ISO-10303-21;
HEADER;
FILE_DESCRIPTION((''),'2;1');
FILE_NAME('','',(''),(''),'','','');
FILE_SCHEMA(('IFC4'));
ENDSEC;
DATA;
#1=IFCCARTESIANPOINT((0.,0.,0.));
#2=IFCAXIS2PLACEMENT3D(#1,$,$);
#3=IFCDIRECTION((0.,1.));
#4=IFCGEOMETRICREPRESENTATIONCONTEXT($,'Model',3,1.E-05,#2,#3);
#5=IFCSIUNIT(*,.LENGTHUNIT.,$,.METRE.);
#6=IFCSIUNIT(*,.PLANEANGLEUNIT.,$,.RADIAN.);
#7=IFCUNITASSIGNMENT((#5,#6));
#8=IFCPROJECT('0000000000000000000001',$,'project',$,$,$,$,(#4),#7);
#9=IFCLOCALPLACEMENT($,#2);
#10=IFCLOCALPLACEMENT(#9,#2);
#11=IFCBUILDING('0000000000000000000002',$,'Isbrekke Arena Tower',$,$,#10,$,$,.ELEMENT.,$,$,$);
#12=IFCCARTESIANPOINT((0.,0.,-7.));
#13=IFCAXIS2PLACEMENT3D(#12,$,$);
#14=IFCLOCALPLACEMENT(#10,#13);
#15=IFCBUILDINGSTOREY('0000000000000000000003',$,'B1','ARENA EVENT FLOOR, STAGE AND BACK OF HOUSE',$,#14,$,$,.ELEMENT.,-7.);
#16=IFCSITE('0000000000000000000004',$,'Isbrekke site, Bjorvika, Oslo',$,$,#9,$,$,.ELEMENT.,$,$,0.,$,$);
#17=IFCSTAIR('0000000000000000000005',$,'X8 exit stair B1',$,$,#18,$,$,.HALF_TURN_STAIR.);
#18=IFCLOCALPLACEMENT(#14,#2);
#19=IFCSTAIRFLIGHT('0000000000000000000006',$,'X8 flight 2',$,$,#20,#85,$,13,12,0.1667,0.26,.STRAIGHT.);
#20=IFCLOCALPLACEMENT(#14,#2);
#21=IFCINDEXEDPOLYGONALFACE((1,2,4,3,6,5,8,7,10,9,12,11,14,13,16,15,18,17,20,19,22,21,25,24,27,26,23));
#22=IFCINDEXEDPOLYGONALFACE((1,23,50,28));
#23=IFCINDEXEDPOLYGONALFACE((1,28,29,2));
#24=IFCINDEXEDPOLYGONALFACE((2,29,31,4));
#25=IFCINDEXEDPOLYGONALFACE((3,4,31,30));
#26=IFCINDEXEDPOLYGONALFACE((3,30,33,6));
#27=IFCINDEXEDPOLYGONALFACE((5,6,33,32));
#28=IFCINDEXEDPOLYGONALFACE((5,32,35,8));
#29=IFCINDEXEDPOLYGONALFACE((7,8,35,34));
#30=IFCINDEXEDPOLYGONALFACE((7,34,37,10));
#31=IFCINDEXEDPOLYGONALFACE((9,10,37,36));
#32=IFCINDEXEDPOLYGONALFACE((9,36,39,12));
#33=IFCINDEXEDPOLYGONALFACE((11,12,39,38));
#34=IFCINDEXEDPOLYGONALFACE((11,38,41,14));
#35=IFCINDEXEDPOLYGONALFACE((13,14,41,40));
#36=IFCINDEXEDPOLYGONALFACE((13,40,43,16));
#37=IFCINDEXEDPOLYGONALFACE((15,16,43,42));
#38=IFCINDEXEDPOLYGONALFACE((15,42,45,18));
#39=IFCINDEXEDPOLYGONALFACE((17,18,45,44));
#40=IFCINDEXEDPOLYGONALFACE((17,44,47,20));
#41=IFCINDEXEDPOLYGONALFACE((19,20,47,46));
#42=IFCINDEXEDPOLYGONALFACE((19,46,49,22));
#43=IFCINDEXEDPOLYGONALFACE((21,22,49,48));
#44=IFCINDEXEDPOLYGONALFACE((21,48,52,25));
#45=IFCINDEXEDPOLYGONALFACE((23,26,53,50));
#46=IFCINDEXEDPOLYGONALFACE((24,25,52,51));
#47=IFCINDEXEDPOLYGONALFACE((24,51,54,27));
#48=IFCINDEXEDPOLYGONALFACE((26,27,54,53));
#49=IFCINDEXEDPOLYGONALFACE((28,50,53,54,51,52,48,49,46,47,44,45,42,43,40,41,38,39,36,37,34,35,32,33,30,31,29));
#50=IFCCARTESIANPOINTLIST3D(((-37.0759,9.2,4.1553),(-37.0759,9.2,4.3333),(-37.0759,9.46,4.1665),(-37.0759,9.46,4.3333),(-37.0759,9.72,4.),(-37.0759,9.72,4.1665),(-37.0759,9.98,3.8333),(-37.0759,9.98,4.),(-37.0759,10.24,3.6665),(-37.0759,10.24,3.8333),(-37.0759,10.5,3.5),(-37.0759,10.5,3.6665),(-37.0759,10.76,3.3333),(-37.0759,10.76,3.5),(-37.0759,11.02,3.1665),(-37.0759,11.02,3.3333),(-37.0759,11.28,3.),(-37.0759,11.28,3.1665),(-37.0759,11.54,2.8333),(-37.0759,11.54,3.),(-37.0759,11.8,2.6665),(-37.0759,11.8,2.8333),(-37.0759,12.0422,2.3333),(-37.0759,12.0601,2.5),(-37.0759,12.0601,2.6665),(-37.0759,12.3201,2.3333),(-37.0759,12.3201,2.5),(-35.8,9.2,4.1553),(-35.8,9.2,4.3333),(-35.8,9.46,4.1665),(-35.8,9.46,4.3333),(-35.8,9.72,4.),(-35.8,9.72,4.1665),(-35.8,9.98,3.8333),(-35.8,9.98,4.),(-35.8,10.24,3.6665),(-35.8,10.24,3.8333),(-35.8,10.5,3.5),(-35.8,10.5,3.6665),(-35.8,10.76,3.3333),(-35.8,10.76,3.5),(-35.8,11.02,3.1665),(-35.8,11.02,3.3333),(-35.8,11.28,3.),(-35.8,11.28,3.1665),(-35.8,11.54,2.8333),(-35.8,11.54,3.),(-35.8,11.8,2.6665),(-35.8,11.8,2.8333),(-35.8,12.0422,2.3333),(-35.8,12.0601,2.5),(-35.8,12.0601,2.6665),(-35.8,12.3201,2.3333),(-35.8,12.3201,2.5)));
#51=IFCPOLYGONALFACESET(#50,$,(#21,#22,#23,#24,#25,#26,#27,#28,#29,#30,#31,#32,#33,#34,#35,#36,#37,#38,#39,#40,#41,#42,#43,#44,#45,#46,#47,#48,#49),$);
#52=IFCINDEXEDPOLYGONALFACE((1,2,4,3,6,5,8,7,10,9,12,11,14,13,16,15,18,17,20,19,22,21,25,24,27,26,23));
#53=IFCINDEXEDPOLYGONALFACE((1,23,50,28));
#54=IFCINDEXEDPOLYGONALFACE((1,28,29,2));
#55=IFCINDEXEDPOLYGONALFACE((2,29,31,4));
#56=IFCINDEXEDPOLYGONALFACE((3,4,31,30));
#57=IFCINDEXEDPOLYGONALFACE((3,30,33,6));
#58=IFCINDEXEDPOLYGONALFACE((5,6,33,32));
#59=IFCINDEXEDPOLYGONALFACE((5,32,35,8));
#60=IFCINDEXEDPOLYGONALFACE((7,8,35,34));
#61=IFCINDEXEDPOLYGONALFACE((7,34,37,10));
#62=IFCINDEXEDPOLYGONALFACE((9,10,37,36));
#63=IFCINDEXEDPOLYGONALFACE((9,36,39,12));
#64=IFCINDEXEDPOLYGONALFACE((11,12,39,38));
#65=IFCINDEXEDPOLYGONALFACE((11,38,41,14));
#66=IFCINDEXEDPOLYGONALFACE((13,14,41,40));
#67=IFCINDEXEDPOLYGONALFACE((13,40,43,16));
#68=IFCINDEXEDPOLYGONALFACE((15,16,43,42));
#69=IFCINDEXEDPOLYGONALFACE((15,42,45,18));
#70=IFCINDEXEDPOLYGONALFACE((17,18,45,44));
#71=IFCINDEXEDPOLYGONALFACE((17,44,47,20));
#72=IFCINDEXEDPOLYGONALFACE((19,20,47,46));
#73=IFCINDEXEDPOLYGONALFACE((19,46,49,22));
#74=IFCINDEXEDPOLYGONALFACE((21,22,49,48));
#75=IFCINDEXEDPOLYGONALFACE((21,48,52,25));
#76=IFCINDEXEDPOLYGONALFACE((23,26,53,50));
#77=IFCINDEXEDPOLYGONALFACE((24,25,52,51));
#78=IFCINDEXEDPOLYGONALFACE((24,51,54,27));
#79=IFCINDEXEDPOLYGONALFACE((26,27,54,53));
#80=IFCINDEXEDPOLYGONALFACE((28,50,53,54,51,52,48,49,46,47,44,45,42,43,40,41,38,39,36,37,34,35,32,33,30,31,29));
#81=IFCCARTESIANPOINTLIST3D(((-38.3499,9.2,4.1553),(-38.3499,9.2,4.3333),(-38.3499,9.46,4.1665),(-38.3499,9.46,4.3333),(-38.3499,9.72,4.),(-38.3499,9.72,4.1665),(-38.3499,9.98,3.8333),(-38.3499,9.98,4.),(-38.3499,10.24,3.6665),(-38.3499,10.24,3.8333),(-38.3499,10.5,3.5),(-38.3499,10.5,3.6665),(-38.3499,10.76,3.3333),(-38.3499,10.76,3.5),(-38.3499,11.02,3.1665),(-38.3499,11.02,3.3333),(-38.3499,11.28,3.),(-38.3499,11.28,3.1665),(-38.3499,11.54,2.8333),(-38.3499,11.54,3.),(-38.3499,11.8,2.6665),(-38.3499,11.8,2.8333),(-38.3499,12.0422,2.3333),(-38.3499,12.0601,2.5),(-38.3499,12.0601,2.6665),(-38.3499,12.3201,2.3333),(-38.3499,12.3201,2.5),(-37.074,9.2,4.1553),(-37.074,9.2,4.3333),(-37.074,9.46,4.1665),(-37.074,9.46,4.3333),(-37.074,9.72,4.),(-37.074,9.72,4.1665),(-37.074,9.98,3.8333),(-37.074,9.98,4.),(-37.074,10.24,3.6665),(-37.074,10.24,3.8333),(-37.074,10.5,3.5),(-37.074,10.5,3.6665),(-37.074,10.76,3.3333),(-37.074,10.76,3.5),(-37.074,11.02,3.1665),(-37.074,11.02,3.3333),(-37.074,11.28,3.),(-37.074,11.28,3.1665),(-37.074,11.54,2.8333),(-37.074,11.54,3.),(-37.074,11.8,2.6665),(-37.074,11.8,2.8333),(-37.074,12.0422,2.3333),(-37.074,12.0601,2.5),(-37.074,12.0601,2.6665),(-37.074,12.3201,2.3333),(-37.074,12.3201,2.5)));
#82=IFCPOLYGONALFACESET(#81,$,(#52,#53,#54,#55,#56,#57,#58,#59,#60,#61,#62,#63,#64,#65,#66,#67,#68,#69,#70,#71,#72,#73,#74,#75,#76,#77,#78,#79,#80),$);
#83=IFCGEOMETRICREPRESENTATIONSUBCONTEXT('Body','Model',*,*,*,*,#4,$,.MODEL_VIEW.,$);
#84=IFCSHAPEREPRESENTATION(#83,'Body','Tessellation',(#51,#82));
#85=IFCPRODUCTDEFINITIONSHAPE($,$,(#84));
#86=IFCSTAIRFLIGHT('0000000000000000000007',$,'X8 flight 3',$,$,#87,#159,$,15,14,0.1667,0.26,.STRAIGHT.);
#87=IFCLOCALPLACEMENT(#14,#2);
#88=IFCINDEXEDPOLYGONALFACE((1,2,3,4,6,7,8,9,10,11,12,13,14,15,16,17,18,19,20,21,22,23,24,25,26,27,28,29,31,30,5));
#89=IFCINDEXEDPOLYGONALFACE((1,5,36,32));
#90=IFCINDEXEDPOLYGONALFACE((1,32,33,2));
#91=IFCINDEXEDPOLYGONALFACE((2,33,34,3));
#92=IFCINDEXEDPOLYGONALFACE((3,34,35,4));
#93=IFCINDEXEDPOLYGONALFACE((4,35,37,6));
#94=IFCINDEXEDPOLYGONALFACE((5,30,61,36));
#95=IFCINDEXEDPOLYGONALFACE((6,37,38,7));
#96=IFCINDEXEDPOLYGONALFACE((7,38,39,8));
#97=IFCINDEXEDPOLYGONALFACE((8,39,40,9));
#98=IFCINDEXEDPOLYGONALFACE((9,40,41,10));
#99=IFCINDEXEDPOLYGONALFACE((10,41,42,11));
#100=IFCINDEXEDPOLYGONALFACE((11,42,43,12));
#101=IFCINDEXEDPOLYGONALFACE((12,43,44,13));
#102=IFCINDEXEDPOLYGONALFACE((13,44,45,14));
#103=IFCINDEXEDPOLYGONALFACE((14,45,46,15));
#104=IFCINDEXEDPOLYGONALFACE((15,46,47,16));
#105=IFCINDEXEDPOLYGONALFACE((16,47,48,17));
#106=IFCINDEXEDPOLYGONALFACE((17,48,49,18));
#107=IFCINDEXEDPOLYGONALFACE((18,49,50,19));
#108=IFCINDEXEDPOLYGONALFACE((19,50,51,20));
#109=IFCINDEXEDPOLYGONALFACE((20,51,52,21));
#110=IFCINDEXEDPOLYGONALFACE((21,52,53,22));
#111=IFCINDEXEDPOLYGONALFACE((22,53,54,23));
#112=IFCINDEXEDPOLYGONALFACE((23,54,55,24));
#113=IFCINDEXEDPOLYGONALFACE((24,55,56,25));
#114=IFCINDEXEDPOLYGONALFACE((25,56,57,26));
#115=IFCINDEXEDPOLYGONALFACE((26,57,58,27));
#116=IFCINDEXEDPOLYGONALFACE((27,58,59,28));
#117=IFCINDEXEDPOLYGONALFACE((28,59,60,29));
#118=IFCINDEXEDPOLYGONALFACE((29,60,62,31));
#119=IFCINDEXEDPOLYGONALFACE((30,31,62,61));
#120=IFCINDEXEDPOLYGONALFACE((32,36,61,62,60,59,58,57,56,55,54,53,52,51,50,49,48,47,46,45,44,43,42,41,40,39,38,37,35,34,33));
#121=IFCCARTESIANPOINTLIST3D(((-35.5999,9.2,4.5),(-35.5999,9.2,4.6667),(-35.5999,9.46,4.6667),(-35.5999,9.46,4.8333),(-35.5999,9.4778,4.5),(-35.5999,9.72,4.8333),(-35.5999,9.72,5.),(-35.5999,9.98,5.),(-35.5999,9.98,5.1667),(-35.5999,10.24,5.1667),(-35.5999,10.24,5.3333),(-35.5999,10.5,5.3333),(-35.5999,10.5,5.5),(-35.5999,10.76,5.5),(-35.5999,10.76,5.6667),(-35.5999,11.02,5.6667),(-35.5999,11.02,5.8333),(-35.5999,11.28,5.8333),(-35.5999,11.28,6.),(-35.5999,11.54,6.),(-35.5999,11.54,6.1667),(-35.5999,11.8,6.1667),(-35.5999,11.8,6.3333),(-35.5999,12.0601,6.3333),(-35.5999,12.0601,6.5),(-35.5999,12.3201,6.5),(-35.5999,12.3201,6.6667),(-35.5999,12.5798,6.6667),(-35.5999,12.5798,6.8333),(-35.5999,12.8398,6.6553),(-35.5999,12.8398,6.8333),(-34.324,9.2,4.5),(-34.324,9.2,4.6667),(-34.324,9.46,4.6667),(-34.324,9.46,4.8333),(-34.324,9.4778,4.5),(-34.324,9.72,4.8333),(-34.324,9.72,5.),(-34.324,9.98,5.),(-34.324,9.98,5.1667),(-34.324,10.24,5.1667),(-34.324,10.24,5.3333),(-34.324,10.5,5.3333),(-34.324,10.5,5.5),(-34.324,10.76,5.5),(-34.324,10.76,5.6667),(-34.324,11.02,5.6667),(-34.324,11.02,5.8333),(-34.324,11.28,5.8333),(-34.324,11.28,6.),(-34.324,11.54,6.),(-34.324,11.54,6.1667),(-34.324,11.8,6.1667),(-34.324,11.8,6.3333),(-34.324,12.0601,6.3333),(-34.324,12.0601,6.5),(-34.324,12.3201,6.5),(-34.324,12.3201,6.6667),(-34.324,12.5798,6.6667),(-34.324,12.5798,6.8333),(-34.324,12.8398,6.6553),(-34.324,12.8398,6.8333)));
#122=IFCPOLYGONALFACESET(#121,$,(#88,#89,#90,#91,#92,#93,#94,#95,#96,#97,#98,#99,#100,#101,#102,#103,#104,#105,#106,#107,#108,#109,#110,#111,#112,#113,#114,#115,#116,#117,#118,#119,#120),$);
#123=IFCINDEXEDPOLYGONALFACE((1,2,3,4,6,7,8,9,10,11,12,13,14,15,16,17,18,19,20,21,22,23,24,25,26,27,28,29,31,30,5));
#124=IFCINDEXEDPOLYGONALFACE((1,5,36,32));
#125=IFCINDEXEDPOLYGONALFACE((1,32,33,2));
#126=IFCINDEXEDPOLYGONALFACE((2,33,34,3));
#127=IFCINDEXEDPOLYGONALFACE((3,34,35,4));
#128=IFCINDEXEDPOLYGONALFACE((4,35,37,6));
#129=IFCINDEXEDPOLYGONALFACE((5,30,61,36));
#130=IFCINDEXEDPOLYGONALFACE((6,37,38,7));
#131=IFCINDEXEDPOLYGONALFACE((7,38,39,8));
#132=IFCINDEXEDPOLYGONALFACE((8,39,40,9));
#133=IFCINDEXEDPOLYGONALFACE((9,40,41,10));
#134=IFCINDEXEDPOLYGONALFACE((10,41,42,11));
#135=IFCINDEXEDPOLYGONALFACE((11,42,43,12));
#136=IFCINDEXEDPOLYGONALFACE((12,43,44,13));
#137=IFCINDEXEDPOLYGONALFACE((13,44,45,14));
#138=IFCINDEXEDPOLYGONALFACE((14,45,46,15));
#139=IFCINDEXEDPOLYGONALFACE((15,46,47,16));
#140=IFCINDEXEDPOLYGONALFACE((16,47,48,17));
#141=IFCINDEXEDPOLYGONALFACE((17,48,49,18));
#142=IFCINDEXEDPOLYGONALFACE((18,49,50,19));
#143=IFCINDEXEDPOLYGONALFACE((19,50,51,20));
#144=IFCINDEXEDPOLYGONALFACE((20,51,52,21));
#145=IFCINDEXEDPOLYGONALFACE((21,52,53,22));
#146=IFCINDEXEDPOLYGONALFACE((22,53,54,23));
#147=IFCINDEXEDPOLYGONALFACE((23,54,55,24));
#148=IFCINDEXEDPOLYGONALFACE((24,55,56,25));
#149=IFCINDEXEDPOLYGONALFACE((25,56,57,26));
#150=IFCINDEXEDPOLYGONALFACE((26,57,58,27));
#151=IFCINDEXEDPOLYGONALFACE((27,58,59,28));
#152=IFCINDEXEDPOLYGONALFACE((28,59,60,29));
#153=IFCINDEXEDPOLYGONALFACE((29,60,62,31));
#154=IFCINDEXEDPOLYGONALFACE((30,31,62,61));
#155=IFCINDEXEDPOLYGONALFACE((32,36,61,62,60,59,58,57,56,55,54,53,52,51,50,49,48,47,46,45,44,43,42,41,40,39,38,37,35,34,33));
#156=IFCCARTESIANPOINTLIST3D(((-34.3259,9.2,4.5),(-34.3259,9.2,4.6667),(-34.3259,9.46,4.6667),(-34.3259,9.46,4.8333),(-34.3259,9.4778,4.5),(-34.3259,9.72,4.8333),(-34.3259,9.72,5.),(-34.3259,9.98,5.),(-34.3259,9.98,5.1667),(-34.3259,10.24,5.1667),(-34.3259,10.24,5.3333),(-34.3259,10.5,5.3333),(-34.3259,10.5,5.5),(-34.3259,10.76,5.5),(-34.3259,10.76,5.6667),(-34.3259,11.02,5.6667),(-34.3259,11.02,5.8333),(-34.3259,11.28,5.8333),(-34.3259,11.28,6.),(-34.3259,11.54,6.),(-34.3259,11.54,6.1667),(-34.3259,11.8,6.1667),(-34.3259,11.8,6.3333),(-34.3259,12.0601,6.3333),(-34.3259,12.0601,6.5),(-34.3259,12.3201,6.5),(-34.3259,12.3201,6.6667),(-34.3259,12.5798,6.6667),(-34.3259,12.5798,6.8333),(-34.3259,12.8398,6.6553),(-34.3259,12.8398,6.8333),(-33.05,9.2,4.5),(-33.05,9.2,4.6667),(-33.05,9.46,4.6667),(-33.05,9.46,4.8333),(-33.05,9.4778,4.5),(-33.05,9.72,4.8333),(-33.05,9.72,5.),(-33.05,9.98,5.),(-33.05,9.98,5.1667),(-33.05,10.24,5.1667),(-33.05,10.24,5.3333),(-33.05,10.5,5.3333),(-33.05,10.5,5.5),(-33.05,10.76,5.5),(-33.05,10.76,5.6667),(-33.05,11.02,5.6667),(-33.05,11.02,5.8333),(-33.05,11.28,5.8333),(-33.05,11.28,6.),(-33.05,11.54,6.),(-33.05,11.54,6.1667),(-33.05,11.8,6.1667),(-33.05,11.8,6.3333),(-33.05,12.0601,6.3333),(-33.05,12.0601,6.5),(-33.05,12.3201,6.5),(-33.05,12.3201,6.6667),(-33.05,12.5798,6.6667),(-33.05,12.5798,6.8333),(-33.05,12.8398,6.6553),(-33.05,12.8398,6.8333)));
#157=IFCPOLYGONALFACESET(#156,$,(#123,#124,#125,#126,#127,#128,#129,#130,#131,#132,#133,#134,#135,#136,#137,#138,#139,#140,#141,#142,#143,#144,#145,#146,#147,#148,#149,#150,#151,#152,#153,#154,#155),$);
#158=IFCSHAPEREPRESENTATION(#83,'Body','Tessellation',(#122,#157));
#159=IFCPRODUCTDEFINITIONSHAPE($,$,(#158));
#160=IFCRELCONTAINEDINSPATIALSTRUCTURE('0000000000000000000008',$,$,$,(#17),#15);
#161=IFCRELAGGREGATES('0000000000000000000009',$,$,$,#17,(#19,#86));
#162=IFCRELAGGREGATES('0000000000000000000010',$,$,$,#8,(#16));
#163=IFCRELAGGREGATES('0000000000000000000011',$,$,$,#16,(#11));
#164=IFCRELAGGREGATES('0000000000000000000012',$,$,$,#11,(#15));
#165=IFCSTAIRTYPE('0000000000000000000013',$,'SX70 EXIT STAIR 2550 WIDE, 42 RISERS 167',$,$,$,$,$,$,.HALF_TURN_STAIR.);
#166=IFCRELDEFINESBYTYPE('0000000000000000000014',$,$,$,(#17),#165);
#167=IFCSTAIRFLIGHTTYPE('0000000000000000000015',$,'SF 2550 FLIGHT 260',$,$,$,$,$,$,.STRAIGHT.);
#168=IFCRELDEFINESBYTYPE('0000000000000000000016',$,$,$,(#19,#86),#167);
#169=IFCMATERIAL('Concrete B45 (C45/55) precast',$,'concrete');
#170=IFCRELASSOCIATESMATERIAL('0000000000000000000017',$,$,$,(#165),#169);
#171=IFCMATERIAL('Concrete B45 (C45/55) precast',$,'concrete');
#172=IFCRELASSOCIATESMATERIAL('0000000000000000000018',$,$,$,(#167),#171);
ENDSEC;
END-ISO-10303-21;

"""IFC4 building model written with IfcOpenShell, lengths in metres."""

from ifc_helpers import new_model, si_unit, direction, frame, origin, place, context, subcontext, project, spatial, polyline, outline, extrude, material, type_object, element, aggregate, save


model = new_model("IFC4")

# Units and contexts
model_context = context("Model", 3, precision=1e-05, world=origin(), true_north=direction((0.0, 1.0)))
body_context = subcontext(model_context, "Body", "Model", "MODEL_VIEW")
ifc_project = project(units=[si_unit("LENGTHUNIT", "METRE"), si_unit("PLANEANGLEUNIT", "RADIAN")], contexts=[model_context])

# Site, building, storey
site_placement = place(None, origin())
site = spatial("IfcSite", under=ifc_project, at=site_placement, Name="Isbrekke site, Bjorvika, Oslo", CompositionType="ELEMENT", RefElevation=0.0)
building_placement = place(site_placement, origin())
building = spatial("IfcBuilding", under=site, at=building_placement, Name="Isbrekke Arena Tower", CompositionType="ELEMENT")
storey_placement = place(building_placement, frame((0.0, 0.0, -7.0)))
storey = spatial("IfcBuildingStorey", under=building, at=storey_placement, Name="B1", Description="ARENA EVENT FLOOR, STAGE AND BACK OF HOUSE", CompositionType="ELEMENT", Elevation=-7.0)

# Stair, stair flights
ifc_material_1 = material(Name="Concrete B45 (C45/55) precast", Category="concrete")
stair_type = type_object("IfcStairType", Name="SX70 EXIT STAIR 2550 WIDE, 42 RISERS 167", PredefinedType="HALF_TURN_STAIR", material=ifc_material_1)
stair_placement = place(storey_placement, origin())
stair = element("IfcStair", 1, at=stair_placement, inside=storey, type_object=stair_type, Name="X8 exit stair B1", PredefinedType="HALF_TURN_STAIR")
ifc_material_2 = material(Name="Concrete B45 (C45/55) precast", Category="concrete")
stair_flight_type = type_object("IfcStairFlightType", Name="SF 2550 FLIGHT 260", PredefinedType="STRAIGHT", material=ifc_material_2)
stair_flight_1_placement = place(storey_placement, frame((-37.075, 12.3201, 2.3333), z_axis=(0.0, 0.0, 1.0), x_axis=(0.0, -1.0, 0.0)))
stair_flight_1 = element("IfcStairFlight", 2, at=stair_flight_1_placement, type_object=stair_flight_type, Name="X8 flight 2", NumberOfRisers=13, NumberOfTreads=12, PredefinedType="STRAIGHT", RiserHeight=0.1667, TreadLength=0.26, context=body_context, shape_type="SweptSolid", body=[
    extrude(outline(polyline([(0.0, 0.0), (0.0, 0.1667), (0.26, 0.1667), (0.26, 0.3333), (0.52, 0.3333), (0.52, 0.5), (0.78, 0.5), (0.78, 0.6667), (1.04, 0.6667), (1.04, 0.8333), (1.3, 0.8333), (1.3, 1.0), (1.5601, 1.0), (1.5601, 1.1667), (1.8201, 1.1667), (1.8201, 1.3333), (2.0801, 1.3333), (2.0801, 1.5), (2.3401, 1.5), (2.3401, 1.6667), (2.6001, 1.6667), (2.6001, 1.8333), (2.8601, 1.8333), (2.8601, 2.0), (3.1201, 2.0), (3.1201, 2.1667), (3.1201, 1.822), (0.2778, 0.0), (0.0, 0.0)])), frame((0.0, 1.2749, 0.0), z_axis=(0.0, -1.0, 0.0), x_axis=(1.0, 0.0, 0.0)), (0.0, 0.0, 1.0), 1.2759),
    extrude(outline(polyline([(0.0, 0.0), (0.0, 0.1667), (0.26, 0.1667), (0.26, 0.3333), (0.52, 0.3333), (0.52, 0.5), (0.78, 0.5), (0.78, 0.6667), (1.04, 0.6667), (1.04, 0.8333), (1.3, 0.8333), (1.3, 1.0), (1.5601, 1.0), (1.5601, 1.1667), (1.8201, 1.1667), (1.8201, 1.3333), (2.0801, 1.3333), (2.0801, 1.5), (2.3401, 1.5), (2.3401, 1.6667), (2.6001, 1.6667), (2.6001, 1.8333), (2.8601, 1.8333), (2.8601, 2.0), (3.1201, 2.0), (3.1201, 2.1667), (3.1201, 1.822), (0.2778, 0.0), (0.0, 0.0)])), frame((0.0, 0.001, 0.0), z_axis=(0.0, -1.0, 0.0), x_axis=(1.0, 0.0, 0.0)), (0.0, 0.0, 1.0), 1.2759),
])
stair_flight_2_placement = place(storey_placement, frame((-34.325, 9.2, 4.5), z_axis=(0.0, 0.0, 1.0), x_axis=(0.0, 1.0, 0.0)))
stair_flight_2 = element("IfcStairFlight", 3, at=stair_flight_2_placement, type_object=stair_flight_type, Name="X8 flight 3", NumberOfRisers=15, NumberOfTreads=14, PredefinedType="STRAIGHT", RiserHeight=0.1667, TreadLength=0.26, context=body_context, shape_type="SweptSolid", body=[
    extrude(outline(polyline([(0.0, 0.0), (0.0, 0.1667), (0.26, 0.1667), (0.26, 0.3333), (0.52, 0.3333), (0.52, 0.5), (0.78, 0.5), (0.78, 0.6667), (1.04, 0.6667), (1.04, 0.8333), (1.3, 0.8333), (1.3, 1.0), (1.5601, 1.0), (1.5601, 1.1667), (1.8201, 1.1667), (1.8201, 1.3333), (2.0801, 1.3333), (2.0801, 1.5), (2.3401, 1.5), (2.3401, 1.6667), (2.6001, 1.6667), (2.6001, 1.8333), (2.8601, 1.8333), (2.8601, 2.0), (3.1201, 2.0), (3.1201, 2.1667), (3.3799, 2.1667), (3.3799, 2.3333), (3.6399, 2.3333), (3.6399, 2.5), (3.6399, 2.1553), (0.2778, 0.0), (0.0, 0.0)])), frame((0.0, 1.2749, 0.0), z_axis=(0.0, -1.0, 0.0), x_axis=(1.0, 0.0, 0.0)), (0.0, 0.0, 1.0), 1.2759),
    extrude(outline(polyline([(0.0, 0.0), (0.0, 0.1667), (0.26, 0.1667), (0.26, 0.3333), (0.52, 0.3333), (0.52, 0.5), (0.78, 0.5), (0.78, 0.6667), (1.04, 0.6667), (1.04, 0.8333), (1.3, 0.8333), (1.3, 1.0), (1.5601, 1.0), (1.5601, 1.1667), (1.8201, 1.1667), (1.8201, 1.3333), (2.0801, 1.3333), (2.0801, 1.5), (2.3401, 1.5), (2.3401, 1.6667), (2.6001, 1.6667), (2.6001, 1.8333), (2.8601, 1.8333), (2.8601, 2.0), (3.1201, 2.0), (3.1201, 2.1667), (3.3799, 2.1667), (3.3799, 2.3333), (3.6399, 2.3333), (3.6399, 2.5), (3.6399, 2.1553), (0.2778, 0.0), (0.0, 0.0)])), frame((0.0, 0.001, 0.0), z_axis=(0.0, -1.0, 0.0), x_axis=(1.0, 0.0, 0.0)), (0.0, 0.0, 1.0), 1.2759),
])
aggregate(stair, [stair_flight_1, stair_flight_2])

save(model, "model.ifc")
